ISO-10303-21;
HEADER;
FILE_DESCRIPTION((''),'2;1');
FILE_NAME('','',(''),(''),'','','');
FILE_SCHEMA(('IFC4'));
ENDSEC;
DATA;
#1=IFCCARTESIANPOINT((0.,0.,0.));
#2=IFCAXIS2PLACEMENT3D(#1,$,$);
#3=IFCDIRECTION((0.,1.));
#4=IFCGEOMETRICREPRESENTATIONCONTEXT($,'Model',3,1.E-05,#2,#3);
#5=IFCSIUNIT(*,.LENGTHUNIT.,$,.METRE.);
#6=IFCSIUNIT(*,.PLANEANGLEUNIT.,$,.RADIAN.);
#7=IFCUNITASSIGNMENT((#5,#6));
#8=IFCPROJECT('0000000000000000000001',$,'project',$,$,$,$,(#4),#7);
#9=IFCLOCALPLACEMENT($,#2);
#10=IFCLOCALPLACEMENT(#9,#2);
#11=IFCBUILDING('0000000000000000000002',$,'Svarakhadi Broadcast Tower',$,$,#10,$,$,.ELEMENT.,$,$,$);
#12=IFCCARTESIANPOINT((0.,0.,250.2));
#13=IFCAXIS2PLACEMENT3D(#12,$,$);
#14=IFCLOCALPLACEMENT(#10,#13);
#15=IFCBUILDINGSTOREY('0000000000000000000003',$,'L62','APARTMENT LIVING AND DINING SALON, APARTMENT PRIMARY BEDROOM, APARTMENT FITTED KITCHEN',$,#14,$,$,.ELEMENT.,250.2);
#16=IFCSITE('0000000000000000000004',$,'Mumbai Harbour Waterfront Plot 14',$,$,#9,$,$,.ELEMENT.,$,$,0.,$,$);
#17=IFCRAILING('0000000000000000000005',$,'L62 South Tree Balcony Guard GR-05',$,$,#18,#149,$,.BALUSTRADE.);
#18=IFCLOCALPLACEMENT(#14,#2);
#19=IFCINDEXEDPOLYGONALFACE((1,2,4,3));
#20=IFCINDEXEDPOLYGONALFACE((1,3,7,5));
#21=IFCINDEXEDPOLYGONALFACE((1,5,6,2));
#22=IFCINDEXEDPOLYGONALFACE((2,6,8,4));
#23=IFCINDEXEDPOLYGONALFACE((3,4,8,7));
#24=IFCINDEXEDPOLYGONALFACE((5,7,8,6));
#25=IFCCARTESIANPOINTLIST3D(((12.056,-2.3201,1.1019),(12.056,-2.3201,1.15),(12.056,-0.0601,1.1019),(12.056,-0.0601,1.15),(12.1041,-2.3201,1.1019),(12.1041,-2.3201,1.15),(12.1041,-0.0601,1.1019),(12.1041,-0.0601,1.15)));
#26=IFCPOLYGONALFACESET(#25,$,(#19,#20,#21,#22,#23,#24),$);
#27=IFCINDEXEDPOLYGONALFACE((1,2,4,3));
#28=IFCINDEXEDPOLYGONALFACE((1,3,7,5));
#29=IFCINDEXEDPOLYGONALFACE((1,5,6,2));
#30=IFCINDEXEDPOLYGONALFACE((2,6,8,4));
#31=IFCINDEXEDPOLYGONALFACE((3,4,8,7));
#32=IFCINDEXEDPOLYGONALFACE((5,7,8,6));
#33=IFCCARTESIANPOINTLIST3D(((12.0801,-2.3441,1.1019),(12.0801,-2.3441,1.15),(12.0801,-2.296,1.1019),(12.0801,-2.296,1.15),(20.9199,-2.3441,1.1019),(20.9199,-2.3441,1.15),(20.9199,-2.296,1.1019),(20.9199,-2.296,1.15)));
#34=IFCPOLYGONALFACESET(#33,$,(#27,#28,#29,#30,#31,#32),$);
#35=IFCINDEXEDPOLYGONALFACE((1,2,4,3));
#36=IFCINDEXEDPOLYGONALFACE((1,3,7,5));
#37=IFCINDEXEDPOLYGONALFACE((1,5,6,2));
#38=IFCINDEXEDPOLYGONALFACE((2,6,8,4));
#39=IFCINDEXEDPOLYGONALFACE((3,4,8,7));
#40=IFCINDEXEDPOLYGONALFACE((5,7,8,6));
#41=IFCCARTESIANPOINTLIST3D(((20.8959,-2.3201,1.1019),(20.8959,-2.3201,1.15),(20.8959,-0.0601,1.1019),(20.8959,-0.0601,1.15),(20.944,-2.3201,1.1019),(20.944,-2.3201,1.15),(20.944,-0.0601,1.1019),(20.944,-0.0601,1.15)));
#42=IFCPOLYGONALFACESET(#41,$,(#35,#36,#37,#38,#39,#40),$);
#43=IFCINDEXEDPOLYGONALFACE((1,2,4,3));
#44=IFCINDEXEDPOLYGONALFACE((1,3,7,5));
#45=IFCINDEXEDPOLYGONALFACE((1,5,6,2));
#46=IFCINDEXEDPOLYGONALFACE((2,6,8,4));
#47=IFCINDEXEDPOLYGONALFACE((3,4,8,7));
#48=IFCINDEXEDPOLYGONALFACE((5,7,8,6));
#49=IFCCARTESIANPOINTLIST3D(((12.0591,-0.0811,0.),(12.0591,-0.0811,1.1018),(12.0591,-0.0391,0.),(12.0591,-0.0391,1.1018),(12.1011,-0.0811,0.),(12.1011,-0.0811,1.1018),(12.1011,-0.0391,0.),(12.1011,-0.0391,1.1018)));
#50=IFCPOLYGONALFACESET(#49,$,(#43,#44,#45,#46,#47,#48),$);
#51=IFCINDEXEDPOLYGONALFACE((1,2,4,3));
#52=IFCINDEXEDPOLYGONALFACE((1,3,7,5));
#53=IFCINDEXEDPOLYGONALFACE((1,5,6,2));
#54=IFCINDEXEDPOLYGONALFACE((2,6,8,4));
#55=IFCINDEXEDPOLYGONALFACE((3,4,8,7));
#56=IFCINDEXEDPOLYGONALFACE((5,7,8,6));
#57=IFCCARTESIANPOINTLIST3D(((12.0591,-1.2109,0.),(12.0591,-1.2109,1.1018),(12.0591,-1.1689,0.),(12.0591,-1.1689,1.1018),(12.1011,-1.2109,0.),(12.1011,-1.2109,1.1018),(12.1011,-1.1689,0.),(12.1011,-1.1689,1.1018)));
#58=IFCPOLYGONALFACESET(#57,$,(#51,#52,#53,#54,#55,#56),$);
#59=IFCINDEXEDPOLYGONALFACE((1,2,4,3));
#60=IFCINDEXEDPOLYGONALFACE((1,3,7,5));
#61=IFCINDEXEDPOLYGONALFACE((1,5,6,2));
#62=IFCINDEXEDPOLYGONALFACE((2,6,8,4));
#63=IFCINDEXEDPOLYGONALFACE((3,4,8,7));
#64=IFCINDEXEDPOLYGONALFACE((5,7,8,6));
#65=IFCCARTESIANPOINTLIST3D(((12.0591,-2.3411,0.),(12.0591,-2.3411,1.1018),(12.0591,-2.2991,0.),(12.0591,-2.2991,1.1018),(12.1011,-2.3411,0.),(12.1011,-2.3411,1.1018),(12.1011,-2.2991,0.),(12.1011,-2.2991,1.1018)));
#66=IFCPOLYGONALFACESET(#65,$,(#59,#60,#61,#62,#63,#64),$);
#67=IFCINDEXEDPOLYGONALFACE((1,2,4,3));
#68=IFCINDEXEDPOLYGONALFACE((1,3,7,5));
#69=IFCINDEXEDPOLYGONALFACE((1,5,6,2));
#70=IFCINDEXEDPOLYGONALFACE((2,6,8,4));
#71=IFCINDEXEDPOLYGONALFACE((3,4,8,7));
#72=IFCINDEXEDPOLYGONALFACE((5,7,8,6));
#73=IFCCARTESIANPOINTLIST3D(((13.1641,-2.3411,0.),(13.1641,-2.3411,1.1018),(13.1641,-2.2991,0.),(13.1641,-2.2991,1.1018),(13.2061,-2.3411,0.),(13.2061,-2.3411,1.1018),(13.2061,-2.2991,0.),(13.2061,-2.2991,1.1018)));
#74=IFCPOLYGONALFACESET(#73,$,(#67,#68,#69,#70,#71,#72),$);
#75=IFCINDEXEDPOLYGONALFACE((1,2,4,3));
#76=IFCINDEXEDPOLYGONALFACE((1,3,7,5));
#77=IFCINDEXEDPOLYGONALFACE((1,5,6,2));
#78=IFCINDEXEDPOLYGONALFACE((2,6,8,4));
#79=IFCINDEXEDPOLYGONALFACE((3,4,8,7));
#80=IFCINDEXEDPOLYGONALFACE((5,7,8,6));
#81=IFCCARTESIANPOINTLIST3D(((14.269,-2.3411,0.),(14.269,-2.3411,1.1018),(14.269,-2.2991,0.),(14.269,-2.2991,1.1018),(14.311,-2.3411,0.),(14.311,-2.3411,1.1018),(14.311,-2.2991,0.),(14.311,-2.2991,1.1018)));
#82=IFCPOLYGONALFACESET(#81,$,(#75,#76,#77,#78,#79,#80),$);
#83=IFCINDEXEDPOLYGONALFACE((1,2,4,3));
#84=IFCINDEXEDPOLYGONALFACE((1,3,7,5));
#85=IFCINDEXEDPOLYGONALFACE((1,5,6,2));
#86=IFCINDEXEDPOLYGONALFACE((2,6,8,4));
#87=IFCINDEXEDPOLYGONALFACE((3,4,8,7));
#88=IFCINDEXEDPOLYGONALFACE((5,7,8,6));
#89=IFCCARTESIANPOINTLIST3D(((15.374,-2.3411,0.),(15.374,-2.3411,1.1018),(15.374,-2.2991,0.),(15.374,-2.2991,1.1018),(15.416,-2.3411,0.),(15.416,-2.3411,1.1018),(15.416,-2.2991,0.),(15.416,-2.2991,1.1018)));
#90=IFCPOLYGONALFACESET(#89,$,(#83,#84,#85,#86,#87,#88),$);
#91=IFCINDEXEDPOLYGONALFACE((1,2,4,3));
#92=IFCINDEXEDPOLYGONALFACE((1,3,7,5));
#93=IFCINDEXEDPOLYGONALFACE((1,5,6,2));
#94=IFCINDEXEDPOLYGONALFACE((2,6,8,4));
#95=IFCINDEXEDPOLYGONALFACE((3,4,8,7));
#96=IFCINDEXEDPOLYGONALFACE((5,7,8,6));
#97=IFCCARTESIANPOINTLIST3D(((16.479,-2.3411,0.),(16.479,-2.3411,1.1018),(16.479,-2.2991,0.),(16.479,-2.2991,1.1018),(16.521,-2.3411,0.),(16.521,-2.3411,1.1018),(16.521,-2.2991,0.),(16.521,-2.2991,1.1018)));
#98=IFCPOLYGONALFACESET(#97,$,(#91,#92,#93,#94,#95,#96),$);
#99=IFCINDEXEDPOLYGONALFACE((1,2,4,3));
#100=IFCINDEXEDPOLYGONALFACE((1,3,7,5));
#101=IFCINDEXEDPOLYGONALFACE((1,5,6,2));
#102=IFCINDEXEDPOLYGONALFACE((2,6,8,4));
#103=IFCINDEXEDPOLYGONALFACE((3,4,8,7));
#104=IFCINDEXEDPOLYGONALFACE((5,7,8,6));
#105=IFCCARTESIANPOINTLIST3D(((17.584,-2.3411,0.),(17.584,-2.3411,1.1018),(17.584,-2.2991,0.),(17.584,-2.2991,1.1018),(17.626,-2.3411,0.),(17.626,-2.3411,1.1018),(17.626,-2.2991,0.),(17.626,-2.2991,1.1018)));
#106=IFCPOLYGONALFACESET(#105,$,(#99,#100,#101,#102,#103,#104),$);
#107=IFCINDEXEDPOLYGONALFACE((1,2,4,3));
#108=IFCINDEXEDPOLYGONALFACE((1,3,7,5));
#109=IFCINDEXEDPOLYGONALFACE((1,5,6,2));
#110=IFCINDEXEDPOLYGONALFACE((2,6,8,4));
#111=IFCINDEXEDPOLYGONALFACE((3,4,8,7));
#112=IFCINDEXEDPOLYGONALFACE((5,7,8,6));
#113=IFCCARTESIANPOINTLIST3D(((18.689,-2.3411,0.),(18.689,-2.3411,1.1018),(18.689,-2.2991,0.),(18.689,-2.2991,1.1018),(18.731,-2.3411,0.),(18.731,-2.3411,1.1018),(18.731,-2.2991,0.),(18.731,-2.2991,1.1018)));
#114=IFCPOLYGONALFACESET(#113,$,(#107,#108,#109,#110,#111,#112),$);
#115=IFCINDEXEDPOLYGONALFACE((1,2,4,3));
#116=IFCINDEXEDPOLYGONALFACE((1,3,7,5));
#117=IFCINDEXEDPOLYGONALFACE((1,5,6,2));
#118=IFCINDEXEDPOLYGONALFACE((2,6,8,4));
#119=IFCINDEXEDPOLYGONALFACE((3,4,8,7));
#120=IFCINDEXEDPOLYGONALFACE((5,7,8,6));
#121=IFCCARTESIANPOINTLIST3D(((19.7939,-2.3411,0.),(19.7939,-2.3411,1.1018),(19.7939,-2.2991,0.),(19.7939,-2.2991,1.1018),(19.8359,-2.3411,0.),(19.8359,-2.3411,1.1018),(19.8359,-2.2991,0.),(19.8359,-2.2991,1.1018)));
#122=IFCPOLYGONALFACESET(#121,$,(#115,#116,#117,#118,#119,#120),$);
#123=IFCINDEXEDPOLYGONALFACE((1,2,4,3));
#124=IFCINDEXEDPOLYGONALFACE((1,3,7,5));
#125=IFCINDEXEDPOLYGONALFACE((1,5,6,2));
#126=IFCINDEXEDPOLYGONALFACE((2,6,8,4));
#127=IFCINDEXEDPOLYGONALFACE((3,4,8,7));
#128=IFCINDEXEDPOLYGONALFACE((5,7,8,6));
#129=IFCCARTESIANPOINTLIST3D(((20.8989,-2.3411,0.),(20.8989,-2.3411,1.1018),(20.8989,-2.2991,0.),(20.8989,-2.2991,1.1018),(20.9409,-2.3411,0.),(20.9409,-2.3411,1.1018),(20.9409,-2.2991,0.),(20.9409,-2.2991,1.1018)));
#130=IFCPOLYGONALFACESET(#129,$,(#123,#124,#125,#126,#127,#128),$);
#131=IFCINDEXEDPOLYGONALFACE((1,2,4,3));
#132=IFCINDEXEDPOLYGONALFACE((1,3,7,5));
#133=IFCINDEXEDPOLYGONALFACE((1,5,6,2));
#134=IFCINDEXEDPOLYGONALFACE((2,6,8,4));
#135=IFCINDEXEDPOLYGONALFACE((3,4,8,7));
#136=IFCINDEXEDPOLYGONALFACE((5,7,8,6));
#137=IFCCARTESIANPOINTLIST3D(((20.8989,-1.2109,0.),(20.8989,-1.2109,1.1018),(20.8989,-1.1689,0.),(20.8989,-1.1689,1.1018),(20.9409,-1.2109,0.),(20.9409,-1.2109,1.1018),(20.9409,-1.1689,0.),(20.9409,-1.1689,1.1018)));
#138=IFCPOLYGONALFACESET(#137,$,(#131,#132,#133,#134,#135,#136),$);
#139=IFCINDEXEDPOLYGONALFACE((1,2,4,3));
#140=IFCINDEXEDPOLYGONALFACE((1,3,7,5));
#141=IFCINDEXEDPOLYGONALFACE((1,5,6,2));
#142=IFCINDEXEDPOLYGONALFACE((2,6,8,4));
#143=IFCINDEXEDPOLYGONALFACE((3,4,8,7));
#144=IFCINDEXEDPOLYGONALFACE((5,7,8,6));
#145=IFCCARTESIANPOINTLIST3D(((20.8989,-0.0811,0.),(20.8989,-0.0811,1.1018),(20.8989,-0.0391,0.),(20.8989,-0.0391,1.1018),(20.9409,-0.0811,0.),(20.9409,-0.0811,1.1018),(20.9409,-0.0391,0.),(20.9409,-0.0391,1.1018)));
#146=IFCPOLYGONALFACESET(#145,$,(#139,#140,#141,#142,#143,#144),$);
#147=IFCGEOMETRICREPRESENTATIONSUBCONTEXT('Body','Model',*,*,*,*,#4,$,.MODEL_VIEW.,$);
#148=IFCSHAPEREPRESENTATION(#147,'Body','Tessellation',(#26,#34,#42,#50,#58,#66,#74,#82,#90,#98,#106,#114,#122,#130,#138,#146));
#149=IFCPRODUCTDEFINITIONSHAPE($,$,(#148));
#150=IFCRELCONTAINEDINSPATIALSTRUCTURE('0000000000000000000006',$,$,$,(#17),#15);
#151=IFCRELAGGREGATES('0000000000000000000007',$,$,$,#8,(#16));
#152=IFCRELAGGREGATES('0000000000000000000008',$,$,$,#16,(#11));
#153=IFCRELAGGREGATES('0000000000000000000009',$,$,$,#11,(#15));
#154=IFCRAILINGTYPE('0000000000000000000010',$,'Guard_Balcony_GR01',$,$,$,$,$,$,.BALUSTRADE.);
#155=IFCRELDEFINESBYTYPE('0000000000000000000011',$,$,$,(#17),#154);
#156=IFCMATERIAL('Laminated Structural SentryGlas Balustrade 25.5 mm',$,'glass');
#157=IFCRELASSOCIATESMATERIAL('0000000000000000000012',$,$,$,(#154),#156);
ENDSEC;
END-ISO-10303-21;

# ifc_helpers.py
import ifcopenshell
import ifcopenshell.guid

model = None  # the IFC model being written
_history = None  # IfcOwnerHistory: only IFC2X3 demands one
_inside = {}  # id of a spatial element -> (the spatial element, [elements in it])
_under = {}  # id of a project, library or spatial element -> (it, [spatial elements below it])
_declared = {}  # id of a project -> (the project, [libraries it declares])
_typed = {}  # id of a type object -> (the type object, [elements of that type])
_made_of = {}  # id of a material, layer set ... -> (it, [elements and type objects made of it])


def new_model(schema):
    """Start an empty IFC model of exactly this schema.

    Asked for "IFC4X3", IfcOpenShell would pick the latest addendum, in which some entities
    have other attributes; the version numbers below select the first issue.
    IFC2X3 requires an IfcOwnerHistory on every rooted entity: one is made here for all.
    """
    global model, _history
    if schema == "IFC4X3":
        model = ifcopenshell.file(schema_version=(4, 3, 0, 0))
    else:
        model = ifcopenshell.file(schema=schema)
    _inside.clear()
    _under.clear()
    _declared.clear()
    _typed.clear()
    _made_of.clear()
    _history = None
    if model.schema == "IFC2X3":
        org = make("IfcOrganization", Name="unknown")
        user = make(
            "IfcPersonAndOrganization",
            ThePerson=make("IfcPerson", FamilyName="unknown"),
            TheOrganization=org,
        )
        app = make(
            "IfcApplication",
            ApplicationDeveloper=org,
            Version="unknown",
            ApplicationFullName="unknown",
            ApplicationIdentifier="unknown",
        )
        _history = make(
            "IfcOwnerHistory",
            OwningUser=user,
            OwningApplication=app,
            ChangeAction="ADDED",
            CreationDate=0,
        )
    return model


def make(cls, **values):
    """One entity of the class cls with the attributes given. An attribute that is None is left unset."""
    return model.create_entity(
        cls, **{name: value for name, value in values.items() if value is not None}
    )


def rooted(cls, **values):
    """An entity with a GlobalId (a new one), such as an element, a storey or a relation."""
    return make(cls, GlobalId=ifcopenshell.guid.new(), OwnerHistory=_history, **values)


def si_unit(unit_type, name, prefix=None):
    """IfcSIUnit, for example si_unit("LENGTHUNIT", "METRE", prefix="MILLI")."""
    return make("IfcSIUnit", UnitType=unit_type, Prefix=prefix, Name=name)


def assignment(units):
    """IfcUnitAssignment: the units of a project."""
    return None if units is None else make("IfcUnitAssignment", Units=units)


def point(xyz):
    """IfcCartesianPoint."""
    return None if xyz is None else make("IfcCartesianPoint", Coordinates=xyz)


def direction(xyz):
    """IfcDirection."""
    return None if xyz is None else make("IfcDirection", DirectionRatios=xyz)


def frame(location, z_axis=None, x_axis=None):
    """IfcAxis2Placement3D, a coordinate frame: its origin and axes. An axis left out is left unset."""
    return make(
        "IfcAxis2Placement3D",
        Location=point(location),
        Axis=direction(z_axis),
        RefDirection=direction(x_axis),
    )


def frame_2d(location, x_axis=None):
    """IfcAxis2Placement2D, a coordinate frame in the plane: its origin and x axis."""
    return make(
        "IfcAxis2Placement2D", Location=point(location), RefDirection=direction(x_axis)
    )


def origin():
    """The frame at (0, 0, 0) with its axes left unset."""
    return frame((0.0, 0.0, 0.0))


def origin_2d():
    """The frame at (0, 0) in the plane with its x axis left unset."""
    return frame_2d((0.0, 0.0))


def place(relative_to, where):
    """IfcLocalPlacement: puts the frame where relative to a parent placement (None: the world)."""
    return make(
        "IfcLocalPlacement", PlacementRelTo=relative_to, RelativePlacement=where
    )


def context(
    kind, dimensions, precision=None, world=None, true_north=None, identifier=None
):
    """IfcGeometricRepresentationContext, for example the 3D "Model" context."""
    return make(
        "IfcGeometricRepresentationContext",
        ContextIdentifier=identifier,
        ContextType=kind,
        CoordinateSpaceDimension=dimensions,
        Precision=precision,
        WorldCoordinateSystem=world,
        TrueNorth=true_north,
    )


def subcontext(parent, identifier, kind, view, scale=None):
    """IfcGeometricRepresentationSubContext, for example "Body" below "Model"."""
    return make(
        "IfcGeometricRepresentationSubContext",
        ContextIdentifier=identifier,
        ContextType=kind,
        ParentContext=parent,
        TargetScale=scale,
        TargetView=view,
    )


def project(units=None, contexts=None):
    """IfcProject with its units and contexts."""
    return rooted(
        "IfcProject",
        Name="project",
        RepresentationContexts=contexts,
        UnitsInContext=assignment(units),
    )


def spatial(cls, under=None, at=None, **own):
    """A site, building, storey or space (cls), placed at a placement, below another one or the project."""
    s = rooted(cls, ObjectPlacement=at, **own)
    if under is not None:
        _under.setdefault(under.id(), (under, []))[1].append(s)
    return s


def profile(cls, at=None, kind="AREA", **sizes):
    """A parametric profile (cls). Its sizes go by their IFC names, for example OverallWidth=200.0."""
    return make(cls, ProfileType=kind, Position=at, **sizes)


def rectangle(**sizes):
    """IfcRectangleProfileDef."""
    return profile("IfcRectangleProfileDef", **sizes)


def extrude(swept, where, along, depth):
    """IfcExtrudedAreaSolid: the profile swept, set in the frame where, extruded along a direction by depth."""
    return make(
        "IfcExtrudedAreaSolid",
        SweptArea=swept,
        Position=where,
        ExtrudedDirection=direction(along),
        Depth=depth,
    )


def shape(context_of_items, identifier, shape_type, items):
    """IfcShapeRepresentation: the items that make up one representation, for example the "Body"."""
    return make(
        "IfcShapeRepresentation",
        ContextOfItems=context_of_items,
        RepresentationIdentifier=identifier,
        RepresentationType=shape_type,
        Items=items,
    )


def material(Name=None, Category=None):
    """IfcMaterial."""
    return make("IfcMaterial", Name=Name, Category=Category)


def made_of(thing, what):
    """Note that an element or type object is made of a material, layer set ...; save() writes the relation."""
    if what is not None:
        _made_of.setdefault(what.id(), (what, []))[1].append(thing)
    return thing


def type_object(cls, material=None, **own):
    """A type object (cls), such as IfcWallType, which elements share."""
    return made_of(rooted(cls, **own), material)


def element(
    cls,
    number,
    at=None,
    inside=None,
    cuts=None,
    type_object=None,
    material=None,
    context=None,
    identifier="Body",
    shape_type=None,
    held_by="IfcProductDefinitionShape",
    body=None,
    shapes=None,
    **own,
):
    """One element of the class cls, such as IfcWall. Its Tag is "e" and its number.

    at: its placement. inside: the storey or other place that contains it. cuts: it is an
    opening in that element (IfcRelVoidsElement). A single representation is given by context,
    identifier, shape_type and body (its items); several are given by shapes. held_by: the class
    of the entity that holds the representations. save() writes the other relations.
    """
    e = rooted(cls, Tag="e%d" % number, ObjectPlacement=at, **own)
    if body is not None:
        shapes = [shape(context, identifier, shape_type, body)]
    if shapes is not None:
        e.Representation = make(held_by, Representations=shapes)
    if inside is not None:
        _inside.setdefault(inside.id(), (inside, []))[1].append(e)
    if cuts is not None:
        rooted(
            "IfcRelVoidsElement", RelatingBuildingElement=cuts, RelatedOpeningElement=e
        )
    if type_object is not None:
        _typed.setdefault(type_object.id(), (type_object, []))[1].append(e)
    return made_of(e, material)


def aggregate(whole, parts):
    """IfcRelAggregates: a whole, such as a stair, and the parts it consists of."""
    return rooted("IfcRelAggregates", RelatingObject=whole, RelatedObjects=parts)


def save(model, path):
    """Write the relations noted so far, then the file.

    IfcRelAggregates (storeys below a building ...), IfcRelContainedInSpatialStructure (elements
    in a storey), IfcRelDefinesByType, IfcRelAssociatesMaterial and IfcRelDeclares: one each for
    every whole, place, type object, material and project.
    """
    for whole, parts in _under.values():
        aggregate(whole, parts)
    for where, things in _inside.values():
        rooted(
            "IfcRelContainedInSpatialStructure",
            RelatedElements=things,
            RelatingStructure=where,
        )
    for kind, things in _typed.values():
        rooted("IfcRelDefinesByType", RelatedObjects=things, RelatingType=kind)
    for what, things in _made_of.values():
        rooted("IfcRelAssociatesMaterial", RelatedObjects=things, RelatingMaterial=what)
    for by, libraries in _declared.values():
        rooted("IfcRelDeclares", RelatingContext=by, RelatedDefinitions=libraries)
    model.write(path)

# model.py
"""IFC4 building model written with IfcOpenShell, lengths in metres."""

from ifc_helpers import new_model, si_unit, direction, frame, origin, origin_2d, place, context, subcontext, project, spatial, rectangle, extrude, material, type_object, element, save


model = new_model("IFC4")

# Units and contexts
model_context = context("Model", 3, precision=1e-05, world=origin(), true_north=direction((0.0, 1.0)))
body_context = subcontext(model_context, "Body", "Model", "MODEL_VIEW")
ifc_project = project(units=[si_unit("LENGTHUNIT", "METRE"), si_unit("PLANEANGLEUNIT", "RADIAN")], contexts=[model_context])

# Site, building, storey
site_placement = place(None, origin())
site = spatial("IfcSite", under=ifc_project, at=site_placement, Name="Mumbai Harbour Waterfront Plot 14", CompositionType="ELEMENT", RefElevation=0.0)
building_placement = place(site_placement, origin())
building = spatial("IfcBuilding", under=site, at=building_placement, Name="Svarakhadi Broadcast Tower", CompositionType="ELEMENT")
storey_placement = place(building_placement, frame((0.0, 0.0, 250.2)))
storey = spatial("IfcBuildingStorey", under=building, at=storey_placement, Name="L62", Description="APARTMENT LIVING AND DINING SALON, APARTMENT PRIMARY BEDROOM, APARTMENT FITTED KITCHEN", CompositionType="ELEMENT", Elevation=250.2)

# Railing
ifc_material_1 = material(Name="Laminated Structural SentryGlas Balustrade 25.5 mm", Category="glass")
railing_type = type_object("IfcRailingType", Name="Guard_Balcony_GR01", PredefinedType="BALUSTRADE", material=ifc_material_1)
railing_placement = place(storey_placement, frame((12.0801, -0.0601, 0.0)))
element("IfcRailing", 1, at=railing_placement, inside=storey, type_object=railing_type, Name="L62 South Tree Balcony Guard GR-05", PredefinedType="BALUSTRADE", context=body_context, shape_type="SweptSolid", body=[
    extrude(rectangle(XDim=0.0481, YDim=0.0481, at=origin_2d()), frame((0.0, 0.0, 1.126), z_axis=(0.0, -1.0, 0.0), x_axis=(1.0, 0.0, 0.0)), (0.0, 0.0, 1.0), 2.26),
    extrude(rectangle(XDim=0.0481, YDim=0.0481, at=origin_2d()), frame((0.0, -2.26, 1.126), z_axis=(1.0, 0.0, 0.0), x_axis=(0.0, 1.0, 0.0)), (0.0, 0.0, 1.0), 8.8398),
    extrude(rectangle(XDim=0.0481, YDim=0.0481, at=origin_2d()), frame((8.8398, -2.26, 1.126), z_axis=(0.0, 1.0, 0.0), x_axis=(-1.0, 0.0, 0.0)), (0.0, 0.0, 1.0), 2.26),
    extrude(rectangle(XDim=0.042, YDim=0.042, at=origin_2d()), origin(), (0.0, 0.0, 1.0), 1.1018),
    extrude(rectangle(XDim=0.042, YDim=0.042, at=origin_2d()), frame((0.0, -1.1299, 0.0)), (0.0, 0.0, 1.0), 1.1018),
    extrude(rectangle(XDim=0.042, YDim=0.042, at=origin_2d()), frame((0.0, -2.26, 0.0)), (0.0, 0.0, 1.0), 1.1018),
    extrude(rectangle(XDim=0.042, YDim=0.042, at=origin_2d()), frame((1.105, -2.26, 0.0)), (0.0, 0.0, 1.0), 1.1018),
    extrude(rectangle(XDim=0.042, YDim=0.042, at=origin_2d()), frame((2.21, -2.26, 0.0)), (0.0, 0.0, 1.0), 1.1018),
    extrude(rectangle(XDim=0.042, YDim=0.042, at=origin_2d()), frame((3.3149, -2.26, 0.0)), (0.0, 0.0, 1.0), 1.1018),
    extrude(rectangle(XDim=0.042, YDim=0.042, at=origin_2d()), frame((4.4199, -2.26, 0.0)), (0.0, 0.0, 1.0), 1.1018),
    extrude(rectangle(XDim=0.042, YDim=0.042, at=origin_2d()), frame((5.5249, -2.26, 0.0)), (0.0, 0.0, 1.0), 1.1018),
    extrude(rectangle(XDim=0.042, YDim=0.042, at=origin_2d()), frame((6.6299, -2.26, 0.0)), (0.0, 0.0, 1.0), 1.1018),
    extrude(rectangle(XDim=0.042, YDim=0.042, at=origin_2d()), frame((7.7349, -2.26, 0.0)), (0.0, 0.0, 1.0), 1.1018),
    extrude(rectangle(XDim=0.042, YDim=0.042, at=origin_2d()), frame((8.8398, -2.26, 0.0)), (0.0, 0.0, 1.0), 1.1018),
    extrude(rectangle(XDim=0.042, YDim=0.042, at=origin_2d()), frame((8.8398, -1.1299, 0.0)), (0.0, 0.0, 1.0), 1.1018),
    extrude(rectangle(XDim=0.042, YDim=0.042, at=origin_2d()), frame((8.8398, 0.0, 0.0)), (0.0, 0.0, 1.0), 1.1018),
])

save(model, "model.ifc")
